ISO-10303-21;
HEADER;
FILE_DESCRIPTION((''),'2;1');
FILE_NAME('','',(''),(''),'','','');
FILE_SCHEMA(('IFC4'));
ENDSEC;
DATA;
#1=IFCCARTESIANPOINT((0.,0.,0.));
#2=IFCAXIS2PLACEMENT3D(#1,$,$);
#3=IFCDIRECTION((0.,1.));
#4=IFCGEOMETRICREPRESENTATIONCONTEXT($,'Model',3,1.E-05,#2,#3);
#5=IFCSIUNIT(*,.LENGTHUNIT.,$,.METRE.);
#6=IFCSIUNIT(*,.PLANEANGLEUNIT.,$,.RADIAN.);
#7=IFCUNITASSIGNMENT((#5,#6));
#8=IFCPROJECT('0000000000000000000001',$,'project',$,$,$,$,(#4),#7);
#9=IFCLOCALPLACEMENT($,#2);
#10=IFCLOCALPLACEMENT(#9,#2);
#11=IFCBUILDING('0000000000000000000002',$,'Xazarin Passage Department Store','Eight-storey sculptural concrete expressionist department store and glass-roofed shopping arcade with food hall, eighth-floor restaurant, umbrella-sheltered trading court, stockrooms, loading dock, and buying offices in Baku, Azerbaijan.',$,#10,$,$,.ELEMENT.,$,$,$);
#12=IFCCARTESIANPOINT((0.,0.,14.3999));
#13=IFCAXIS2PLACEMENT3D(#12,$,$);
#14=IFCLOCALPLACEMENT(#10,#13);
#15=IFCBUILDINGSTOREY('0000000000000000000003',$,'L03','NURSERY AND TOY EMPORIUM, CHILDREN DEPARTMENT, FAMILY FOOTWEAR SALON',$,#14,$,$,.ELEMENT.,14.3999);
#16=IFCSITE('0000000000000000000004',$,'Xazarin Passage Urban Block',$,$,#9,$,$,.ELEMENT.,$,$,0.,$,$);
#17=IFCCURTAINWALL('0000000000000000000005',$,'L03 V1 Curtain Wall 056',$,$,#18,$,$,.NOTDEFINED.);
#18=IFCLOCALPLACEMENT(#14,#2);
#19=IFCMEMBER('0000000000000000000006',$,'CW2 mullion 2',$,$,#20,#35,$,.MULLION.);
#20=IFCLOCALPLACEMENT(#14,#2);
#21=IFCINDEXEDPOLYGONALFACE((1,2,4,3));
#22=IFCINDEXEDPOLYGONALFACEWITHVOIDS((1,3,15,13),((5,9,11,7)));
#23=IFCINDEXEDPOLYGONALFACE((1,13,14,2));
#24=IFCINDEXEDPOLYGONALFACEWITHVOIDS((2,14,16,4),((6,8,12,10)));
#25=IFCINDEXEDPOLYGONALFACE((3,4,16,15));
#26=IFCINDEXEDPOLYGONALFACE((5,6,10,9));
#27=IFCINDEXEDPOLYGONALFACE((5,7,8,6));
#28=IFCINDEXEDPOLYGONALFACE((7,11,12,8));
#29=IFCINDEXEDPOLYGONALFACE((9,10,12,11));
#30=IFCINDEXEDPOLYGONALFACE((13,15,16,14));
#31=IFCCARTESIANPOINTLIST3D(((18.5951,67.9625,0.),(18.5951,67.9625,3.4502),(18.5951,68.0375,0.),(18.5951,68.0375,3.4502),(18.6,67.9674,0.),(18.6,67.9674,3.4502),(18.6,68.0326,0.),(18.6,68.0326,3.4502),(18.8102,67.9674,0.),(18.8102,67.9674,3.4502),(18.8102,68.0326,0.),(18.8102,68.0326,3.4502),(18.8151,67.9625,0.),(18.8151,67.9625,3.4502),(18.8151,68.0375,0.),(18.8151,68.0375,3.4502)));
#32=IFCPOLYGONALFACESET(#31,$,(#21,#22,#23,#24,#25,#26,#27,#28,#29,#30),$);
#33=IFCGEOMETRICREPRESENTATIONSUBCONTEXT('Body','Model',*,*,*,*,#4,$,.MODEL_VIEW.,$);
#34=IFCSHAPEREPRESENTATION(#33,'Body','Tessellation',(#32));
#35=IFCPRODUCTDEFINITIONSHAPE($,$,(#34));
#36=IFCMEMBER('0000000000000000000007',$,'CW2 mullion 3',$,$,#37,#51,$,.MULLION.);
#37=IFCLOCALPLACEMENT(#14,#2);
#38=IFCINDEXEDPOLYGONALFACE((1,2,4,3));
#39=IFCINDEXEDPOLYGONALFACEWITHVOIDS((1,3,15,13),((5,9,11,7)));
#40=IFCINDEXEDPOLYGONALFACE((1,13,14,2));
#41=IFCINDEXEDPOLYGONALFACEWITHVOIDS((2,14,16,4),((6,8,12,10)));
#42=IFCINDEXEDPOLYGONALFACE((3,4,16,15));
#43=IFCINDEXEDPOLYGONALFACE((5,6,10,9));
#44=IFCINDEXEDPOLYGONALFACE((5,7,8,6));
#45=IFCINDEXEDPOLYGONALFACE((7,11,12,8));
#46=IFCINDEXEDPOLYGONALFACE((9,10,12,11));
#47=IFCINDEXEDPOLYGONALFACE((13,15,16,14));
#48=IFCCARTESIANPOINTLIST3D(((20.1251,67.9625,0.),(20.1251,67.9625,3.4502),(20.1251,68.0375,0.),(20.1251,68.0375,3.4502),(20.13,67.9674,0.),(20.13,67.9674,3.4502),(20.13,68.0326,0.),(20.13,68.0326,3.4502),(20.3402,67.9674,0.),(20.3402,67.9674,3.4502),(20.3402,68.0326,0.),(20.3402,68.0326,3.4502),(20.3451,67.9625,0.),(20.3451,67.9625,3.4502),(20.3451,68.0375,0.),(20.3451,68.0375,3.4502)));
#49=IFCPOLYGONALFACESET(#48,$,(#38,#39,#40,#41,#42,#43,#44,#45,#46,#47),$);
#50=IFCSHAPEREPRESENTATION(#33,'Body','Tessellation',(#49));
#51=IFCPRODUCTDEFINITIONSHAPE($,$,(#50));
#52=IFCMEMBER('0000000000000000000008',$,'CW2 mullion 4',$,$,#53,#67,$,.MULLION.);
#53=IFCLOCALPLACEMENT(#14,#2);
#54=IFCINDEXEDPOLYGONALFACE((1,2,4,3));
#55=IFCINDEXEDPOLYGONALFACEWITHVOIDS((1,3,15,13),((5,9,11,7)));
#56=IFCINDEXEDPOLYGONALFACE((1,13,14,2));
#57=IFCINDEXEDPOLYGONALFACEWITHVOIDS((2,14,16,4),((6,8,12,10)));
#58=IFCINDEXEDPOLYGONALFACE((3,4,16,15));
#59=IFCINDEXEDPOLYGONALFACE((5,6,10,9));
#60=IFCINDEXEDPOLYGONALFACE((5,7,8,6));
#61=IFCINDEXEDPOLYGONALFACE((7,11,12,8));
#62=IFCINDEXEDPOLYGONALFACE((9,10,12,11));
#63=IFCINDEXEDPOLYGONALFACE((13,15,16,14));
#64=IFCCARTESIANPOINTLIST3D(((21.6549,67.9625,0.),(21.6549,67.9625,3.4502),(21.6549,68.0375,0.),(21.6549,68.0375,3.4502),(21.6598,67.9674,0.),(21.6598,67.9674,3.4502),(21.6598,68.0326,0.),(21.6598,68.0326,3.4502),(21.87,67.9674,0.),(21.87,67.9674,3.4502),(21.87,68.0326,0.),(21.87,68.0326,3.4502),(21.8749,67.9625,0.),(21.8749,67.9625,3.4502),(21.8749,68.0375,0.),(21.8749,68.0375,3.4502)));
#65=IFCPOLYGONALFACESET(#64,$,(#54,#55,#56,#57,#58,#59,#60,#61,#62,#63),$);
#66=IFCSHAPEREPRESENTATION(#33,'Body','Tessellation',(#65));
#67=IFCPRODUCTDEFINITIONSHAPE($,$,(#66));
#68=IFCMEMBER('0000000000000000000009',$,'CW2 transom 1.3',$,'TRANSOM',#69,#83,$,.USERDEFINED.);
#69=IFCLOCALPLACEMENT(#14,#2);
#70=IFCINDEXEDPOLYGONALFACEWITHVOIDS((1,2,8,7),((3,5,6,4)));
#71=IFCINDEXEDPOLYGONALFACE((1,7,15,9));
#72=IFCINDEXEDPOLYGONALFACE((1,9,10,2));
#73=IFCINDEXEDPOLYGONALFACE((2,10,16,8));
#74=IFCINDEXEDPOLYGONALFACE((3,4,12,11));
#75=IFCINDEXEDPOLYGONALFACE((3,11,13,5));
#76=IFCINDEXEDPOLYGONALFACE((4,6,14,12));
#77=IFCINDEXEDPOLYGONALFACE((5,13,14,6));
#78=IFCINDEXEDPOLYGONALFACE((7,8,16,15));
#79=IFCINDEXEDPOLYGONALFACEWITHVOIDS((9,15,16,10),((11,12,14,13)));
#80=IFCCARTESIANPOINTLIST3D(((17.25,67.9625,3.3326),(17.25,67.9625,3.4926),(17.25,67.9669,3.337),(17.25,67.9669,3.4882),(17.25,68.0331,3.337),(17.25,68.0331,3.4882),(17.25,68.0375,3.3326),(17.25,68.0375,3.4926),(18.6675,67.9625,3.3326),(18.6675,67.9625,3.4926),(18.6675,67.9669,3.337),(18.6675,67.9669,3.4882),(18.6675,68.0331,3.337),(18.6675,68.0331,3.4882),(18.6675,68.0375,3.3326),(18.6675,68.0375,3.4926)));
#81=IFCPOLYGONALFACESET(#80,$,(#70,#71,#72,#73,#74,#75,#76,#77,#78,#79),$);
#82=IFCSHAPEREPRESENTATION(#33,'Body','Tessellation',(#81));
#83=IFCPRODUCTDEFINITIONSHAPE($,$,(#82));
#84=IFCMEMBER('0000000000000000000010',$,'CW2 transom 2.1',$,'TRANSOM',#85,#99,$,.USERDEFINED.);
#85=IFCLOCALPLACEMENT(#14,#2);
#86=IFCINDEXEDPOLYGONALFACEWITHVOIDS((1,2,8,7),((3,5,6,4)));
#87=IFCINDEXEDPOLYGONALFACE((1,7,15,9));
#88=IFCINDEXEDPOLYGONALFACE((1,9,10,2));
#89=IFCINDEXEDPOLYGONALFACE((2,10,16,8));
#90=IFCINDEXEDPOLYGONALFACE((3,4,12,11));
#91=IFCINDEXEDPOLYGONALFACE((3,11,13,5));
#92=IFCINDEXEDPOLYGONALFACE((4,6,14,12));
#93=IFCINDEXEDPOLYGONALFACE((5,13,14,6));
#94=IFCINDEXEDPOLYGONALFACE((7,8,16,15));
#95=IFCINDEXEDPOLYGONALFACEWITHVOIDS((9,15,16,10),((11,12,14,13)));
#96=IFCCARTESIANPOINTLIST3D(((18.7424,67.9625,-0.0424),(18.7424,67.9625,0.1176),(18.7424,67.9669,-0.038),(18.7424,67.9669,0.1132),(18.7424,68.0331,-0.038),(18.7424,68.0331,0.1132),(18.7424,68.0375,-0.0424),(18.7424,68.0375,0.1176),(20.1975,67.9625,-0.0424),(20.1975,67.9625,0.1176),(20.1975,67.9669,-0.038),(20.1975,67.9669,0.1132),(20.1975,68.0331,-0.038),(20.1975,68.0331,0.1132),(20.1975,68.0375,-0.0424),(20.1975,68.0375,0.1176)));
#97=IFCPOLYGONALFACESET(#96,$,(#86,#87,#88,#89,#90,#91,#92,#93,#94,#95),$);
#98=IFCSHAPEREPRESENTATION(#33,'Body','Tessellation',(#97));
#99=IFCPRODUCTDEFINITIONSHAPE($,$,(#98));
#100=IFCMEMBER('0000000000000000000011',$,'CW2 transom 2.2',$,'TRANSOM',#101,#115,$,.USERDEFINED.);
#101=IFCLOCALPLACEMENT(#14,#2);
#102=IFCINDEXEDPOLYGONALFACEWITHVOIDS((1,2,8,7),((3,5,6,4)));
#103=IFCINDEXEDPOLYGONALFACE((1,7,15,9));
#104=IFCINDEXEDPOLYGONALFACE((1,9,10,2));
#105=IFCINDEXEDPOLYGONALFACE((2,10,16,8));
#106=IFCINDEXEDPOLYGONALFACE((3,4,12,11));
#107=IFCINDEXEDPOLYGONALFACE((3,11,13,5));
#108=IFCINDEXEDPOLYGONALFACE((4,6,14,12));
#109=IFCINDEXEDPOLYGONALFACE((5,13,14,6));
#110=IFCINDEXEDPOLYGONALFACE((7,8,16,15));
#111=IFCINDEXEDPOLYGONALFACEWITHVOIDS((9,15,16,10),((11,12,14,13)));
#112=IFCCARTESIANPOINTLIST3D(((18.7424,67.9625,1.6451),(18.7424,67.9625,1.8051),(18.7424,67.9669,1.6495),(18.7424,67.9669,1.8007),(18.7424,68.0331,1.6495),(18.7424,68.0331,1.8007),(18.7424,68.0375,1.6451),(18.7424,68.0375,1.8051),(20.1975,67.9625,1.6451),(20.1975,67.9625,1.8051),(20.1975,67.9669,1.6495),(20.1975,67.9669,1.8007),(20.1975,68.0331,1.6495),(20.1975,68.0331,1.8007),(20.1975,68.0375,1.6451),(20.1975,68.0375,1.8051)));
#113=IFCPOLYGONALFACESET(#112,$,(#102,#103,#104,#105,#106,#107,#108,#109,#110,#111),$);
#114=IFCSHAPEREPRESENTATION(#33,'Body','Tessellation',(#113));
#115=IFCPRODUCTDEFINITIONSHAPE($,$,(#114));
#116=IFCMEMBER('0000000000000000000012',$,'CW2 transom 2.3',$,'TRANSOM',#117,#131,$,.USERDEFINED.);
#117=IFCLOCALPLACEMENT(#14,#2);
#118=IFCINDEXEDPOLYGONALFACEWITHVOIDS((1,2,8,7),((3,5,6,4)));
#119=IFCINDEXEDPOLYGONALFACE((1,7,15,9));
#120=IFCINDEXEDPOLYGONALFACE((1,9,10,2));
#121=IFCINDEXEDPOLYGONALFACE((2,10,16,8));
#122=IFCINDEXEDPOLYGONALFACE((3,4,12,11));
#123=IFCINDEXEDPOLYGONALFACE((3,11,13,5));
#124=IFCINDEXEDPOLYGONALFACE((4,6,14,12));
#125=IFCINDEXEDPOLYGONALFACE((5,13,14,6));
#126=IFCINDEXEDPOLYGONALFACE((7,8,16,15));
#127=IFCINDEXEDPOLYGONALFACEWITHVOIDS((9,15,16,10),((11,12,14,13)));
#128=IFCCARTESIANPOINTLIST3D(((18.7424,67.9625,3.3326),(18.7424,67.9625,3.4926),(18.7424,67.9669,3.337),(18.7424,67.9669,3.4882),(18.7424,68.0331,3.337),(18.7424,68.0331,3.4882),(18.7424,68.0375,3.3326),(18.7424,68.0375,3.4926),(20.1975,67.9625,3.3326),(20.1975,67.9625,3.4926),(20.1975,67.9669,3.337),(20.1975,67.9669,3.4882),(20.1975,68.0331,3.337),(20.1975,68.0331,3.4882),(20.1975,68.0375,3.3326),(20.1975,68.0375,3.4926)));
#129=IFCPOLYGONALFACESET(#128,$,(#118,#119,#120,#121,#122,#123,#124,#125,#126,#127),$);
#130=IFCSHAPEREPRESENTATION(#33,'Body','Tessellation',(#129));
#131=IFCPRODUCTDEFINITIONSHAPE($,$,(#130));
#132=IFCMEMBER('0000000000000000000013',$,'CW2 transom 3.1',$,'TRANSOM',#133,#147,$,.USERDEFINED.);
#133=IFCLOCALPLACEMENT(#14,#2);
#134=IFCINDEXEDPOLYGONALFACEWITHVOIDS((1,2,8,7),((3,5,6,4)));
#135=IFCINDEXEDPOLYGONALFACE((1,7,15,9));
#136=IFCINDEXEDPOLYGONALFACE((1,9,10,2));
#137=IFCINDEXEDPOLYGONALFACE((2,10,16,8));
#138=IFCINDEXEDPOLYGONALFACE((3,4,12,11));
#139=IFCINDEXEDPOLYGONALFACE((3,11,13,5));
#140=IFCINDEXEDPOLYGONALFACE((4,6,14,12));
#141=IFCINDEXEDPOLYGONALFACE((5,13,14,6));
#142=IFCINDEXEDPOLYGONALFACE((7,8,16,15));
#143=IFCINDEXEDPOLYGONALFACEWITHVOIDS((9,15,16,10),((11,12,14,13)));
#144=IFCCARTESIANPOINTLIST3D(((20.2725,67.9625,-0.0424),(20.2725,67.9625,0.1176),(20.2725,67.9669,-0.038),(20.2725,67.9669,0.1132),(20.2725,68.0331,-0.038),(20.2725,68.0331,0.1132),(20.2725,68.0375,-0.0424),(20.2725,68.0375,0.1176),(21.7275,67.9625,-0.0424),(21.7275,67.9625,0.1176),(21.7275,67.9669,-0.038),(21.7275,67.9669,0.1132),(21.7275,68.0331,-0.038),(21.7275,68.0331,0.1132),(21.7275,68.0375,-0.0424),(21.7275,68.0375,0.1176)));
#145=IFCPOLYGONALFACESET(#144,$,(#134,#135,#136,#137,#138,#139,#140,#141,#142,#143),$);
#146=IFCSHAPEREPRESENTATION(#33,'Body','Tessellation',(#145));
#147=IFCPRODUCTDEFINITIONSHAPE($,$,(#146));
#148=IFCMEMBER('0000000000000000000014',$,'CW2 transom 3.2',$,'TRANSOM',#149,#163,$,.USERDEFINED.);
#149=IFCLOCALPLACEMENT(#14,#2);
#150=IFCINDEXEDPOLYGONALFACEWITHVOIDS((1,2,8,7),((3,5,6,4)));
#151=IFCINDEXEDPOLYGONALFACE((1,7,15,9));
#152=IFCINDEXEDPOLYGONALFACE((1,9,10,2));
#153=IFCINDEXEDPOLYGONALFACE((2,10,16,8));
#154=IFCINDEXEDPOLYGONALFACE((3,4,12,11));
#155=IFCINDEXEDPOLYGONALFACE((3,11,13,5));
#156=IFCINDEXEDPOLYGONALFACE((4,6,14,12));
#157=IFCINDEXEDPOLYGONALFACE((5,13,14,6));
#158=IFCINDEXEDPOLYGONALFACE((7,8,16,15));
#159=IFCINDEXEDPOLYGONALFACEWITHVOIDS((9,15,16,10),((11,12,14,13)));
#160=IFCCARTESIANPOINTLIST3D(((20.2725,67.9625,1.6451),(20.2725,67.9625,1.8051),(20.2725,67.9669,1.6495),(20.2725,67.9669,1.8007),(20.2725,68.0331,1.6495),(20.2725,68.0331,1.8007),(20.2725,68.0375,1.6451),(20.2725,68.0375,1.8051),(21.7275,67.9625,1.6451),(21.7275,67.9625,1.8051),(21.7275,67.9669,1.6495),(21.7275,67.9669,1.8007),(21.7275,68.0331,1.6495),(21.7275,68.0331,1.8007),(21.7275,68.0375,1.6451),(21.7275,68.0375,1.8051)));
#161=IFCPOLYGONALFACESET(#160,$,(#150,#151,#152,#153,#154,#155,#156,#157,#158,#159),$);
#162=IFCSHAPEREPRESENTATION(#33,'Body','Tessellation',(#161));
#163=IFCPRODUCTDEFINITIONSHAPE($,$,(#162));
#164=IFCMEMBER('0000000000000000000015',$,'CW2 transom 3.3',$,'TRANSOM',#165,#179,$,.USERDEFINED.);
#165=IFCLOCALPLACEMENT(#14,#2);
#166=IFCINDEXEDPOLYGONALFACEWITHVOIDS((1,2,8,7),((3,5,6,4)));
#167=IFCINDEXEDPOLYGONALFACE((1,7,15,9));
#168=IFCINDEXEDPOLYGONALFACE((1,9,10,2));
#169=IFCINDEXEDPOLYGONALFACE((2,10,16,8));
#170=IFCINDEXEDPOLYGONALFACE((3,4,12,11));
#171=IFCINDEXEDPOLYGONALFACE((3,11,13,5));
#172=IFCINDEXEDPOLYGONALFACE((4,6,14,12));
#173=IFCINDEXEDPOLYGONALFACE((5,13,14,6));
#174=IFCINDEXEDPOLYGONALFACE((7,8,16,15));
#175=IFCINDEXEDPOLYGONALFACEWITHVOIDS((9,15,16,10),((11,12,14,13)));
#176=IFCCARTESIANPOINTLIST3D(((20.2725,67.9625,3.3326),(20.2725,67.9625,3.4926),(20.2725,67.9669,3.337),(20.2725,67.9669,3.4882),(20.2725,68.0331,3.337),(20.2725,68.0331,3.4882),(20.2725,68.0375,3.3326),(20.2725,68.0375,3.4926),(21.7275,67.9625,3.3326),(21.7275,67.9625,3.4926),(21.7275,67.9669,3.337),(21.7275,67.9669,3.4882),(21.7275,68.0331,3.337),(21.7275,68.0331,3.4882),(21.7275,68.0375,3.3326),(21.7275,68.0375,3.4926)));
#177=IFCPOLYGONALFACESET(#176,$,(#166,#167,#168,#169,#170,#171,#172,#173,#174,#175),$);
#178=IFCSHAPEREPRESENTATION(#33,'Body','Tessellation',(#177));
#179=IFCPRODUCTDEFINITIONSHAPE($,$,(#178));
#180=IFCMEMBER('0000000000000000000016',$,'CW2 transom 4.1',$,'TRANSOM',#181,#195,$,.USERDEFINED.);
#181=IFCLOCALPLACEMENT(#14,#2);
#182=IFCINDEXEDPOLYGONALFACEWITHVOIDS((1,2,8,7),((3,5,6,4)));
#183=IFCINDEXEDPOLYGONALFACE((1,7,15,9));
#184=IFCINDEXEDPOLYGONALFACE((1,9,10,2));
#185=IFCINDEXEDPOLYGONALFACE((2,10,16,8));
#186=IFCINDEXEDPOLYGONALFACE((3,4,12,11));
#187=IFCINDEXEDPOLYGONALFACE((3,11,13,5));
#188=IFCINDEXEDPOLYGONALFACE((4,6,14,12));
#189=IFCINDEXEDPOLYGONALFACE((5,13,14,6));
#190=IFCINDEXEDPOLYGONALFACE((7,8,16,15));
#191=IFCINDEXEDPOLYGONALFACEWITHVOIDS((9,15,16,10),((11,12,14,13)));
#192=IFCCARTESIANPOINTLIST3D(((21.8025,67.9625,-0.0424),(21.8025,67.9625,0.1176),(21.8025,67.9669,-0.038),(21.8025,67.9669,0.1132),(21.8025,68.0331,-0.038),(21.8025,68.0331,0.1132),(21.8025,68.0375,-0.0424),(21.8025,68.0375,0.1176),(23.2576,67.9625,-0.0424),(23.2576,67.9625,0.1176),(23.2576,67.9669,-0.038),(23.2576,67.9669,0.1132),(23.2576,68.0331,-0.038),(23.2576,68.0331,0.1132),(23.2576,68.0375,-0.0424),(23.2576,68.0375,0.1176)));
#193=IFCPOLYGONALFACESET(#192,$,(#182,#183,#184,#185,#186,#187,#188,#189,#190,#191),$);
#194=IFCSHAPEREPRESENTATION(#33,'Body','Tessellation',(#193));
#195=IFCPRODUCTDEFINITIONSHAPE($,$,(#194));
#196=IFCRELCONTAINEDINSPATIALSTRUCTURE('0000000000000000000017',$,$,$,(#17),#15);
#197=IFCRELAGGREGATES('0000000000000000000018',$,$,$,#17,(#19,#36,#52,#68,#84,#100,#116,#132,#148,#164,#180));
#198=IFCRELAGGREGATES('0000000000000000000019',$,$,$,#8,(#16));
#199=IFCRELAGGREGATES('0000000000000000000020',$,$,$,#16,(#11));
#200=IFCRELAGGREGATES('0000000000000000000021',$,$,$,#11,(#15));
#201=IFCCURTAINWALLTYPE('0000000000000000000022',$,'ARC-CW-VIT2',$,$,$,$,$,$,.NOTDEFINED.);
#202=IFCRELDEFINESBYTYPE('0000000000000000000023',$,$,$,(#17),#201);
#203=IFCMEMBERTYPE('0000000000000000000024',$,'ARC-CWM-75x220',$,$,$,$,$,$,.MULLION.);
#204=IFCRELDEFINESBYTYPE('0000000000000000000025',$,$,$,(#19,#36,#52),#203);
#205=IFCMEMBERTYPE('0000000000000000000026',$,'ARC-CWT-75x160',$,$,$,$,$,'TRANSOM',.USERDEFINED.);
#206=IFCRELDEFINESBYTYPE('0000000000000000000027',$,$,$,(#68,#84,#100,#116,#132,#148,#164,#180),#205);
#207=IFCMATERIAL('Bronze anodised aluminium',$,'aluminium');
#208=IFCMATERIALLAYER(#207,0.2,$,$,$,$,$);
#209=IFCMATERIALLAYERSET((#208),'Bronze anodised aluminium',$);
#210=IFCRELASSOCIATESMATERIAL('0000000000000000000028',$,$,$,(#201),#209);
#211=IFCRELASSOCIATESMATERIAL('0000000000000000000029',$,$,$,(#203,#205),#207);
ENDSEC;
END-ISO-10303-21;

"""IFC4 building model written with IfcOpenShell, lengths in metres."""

from ifc_helpers import new_model, si_unit, direction, frame, origin, origin_2d, place, context, subcontext, project, spatial, hollow_rectangle, extrude, material, layer, layer_set, material_profile, profile_set, type_object, element, aggregate, save


model = new_model("IFC4")

# Units and contexts
model_context = context("Model", 3, precision=1e-05, world=origin(), true_north=direction((0.0, 1.0)))
body_context = subcontext(model_context, "Body", "Model", "MODEL_VIEW")
ifc_project = project(units=[si_unit("LENGTHUNIT", "METRE"), si_unit("PLANEANGLEUNIT", "RADIAN")], contexts=[model_context])

# Site, building, storey
site_placement = place(None, origin())
site = spatial("IfcSite", under=ifc_project, at=site_placement, Name="Xazarin Passage Urban Block", CompositionType="ELEMENT", RefElevation=0.0)
building_placement = place(site_placement, origin())
building = spatial("IfcBuilding", under=site, at=building_placement, Name="Xazarin Passage Department Store", Description="Eight-storey sculptural concrete expressionist department store and glass-roofed shopping arcade with food hall, eighth-floor restaurant, umbrella-sheltered trading court, stockrooms, loading dock, and buying offices in Baku, Azerbaijan.", CompositionType="ELEMENT")
storey_placement = place(building_placement, frame((0.0, 0.0, 14.3999)))
storey = spatial("IfcBuildingStorey", under=building, at=storey_placement, Name="L03", Description="NURSERY AND TOY EMPORIUM, CHILDREN DEPARTMENT, FAMILY FOOTWEAR SALON", CompositionType="ELEMENT", Elevation=14.3999)

# Curtain wall, members
ifc_material_1 = material(Name="Bronze anodised aluminium", Category="aluminium")
ifc_layer_1 = layer(ifc_material_1, 0.2)
ifc_layer_set_1 = layer_set([ifc_layer_1], Name="Bronze anodised aluminium")
curtain_wall_type = type_object("IfcCurtainWallType", Name="ARC-CW-VIT2", PredefinedType="NOTDEFINED", material=ifc_layer_set_1)
curtain_wall_placement = place(storey_placement, origin())
curtain_wall = element("IfcCurtainWall", 1, at=curtain_wall_placement, inside=storey, type_object=curtain_wall_type, Name="L03 V1 Curtain Wall 056", PredefinedType="NOTDEFINED")
ifc_material_profile_1 = material_profile(ifc_material_1, hollow_rectangle(XDim=0.075, YDim=0.22, WallThickness=0.0049, at=origin_2d()), Name="ALU 75x220")
ifc_profile_set_1 = profile_set([ifc_material_profile_1], Name="Bronze anodised aluminium")
member_type_1 = type_object("IfcMemberType", Name="ARC-CWM-75x220", PredefinedType="MULLION", material=ifc_profile_set_1)
member_1_placement = place(storey_placement, frame((18.7051, 68.0, 0.0), z_axis=(0.0, 0.0, 1.0), x_axis=(0.0, 1.0, 0.0)))
member_1 = element("IfcMember", 2, at=member_1_placement, type_object=member_type_1, Name="CW2 mullion 2", PredefinedType="MULLION", context=body_context, shape_type="SweptSolid", body=[
    extrude(hollow_rectangle(XDim=0.075, YDim=0.22, WallThickness=0.0049, at=origin_2d()), origin(), (0.0, 0.0, 1.0), 3.4502),
])
member_2_placement = place(storey_placement, frame((20.2351, 68.0, 0.0), z_axis=(0.0, 0.0, 1.0), x_axis=(0.0, 1.0, 0.0)))
member_2 = element("IfcMember", 3, at=member_2_placement, type_object=member_type_1, Name="CW2 mullion 3", PredefinedType="MULLION", context=body_context, shape_type="SweptSolid", body=[
    extrude(hollow_rectangle(XDim=0.075, YDim=0.22, WallThickness=0.0049, at=origin_2d()), origin(), (0.0, 0.0, 1.0), 3.4502),
])
member_3_placement = place(storey_placement, frame((21.7649, 68.0, 0.0), z_axis=(0.0, 0.0, 1.0), x_axis=(0.0, 1.0, 0.0)))
member_3 = element("IfcMember", 4, at=member_3_placement, type_object=member_type_1, Name="CW2 mullion 4", PredefinedType="MULLION", context=body_context, shape_type="SweptSolid", body=[
    extrude(hollow_rectangle(XDim=0.075, YDim=0.22, WallThickness=0.0049, at=origin_2d()), origin(), (0.0, 0.0, 1.0), 3.4502),
])
ifc_material_profile_2 = material_profile(ifc_material_1, hollow_rectangle(XDim=0.075, YDim=0.1599, WallThickness=0.0044, at=origin_2d()), Name="ALU 75x160")
ifc_profile_set_2 = profile_set([ifc_material_profile_2], Name="Bronze anodised aluminium")
member_type_2 = type_object("IfcMemberType", Name="ARC-CWT-75x160", ElementType="TRANSOM", PredefinedType="USERDEFINED", material=ifc_profile_set_2)
member_4_placement = place(storey_placement, frame((17.25, 68.0, 3.4126), z_axis=(1.0, 0.0, 0.0), x_axis=(0.0, 1.0, 0.0)))
member_4 = element("IfcMember", 5, at=member_4_placement, type_object=member_type_2, Name="CW2 transom 1.3", ObjectType="TRANSOM", PredefinedType="USERDEFINED", context=body_context, shape_type="SweptSolid", body=[
    extrude(hollow_rectangle(XDim=0.075, YDim=0.1599, WallThickness=0.0044, at=origin_2d()), origin(), (0.0, 0.0, 1.0), 1.4175),
])
member_5_placement = place(storey_placement, frame((18.7424, 68.0, 0.0376), z_axis=(1.0, 0.0, 0.0), x_axis=(0.0, 1.0, 0.0)))
member_5 = element("IfcMember", 6, at=member_5_placement, type_object=member_type_2, Name="CW2 transom 2.1", ObjectType="TRANSOM", PredefinedType="USERDEFINED", context=body_context, shape_type="SweptSolid", body=[
    extrude(hollow_rectangle(XDim=0.075, YDim=0.1599, WallThickness=0.0044, at=origin_2d()), origin(), (0.0, 0.0, 1.0), 1.4551),
])
member_6_placement = place(storey_placement, frame((18.7424, 68.0, 1.7251), z_axis=(1.0, 0.0, 0.0), x_axis=(0.0, 1.0, 0.0)))
member_6 = element("IfcMember", 7, at=member_6_placement, type_object=member_type_2, Name="CW2 transom 2.2", ObjectType="TRANSOM", PredefinedType="USERDEFINED", context=body_context, shape_type="SweptSolid", body=[
    extrude(hollow_rectangle(XDim=0.075, YDim=0.1599, WallThickness=0.0044, at=origin_2d()), origin(), (0.0, 0.0, 1.0), 1.4551),
])
member_7_placement = place(storey_placement, frame((18.7424, 68.0, 3.4126), z_axis=(1.0, 0.0, 0.0), x_axis=(0.0, 1.0, 0.0)))
member_7 = element("IfcMember", 8, at=member_7_placement, type_object=member_type_2, Name="CW2 transom 2.3", ObjectType="TRANSOM", PredefinedType="USERDEFINED", context=body_context, shape_type="SweptSolid", body=[
    extrude(hollow_rectangle(XDim=0.075, YDim=0.1599, WallThickness=0.0044, at=origin_2d()), origin(), (0.0, 0.0, 1.0), 1.4551),
])
member_8_placement = place(storey_placement, frame((20.2725, 68.0, 0.0376), z_axis=(1.0, 0.0, 0.0), x_axis=(0.0, 1.0, 0.0)))
member_8 = element("IfcMember", 9, at=member_8_placement, type_object=member_type_2, Name="CW2 transom 3.1", ObjectType="TRANSOM", PredefinedType="USERDEFINED", context=body_context, shape_type="SweptSolid", body=[
    extrude(hollow_rectangle(XDim=0.075, YDim=0.1599, WallThickness=0.0044, at=origin_2d()), origin(), (0.0, 0.0, 1.0), 1.4551),
])
member_9_placement = place(storey_placement, frame((20.2725, 68.0, 1.7251), z_axis=(1.0, 0.0, 0.0), x_axis=(0.0, 1.0, 0.0)))
member_9 = element("IfcMember", 10, at=member_9_placement, type_object=member_type_2, Name="CW2 transom 3.2", ObjectType="TRANSOM", PredefinedType="USERDEFINED", context=body_context, shape_type="SweptSolid", body=[
    extrude(hollow_rectangle(XDim=0.075, YDim=0.1599, WallThickness=0.0044, at=origin_2d()), origin(), (0.0, 0.0, 1.0), 1.4551),
])
member_10_placement = place(storey_placement, frame((20.2725, 68.0, 3.4126), z_axis=(1.0, 0.0, 0.0), x_axis=(0.0, 1.0, 0.0)))
member_10 = element("IfcMember", 11, at=member_10_placement, type_object=member_type_2, Name="CW2 transom 3.3", ObjectType="TRANSOM", PredefinedType="USERDEFINED", context=body_context, shape_type="SweptSolid", body=[
    extrude(hollow_rectangle(XDim=0.075, YDim=0.1599, WallThickness=0.0044, at=origin_2d()), origin(), (0.0, 0.0, 1.0), 1.4551),
])
member_11_placement = place(storey_placement, frame((21.8025, 68.0, 0.0376), z_axis=(1.0, 0.0, 0.0), x_axis=(0.0, 1.0, 0.0)))
member_11 = element("IfcMember", 12, at=member_11_placement, type_object=member_type_2, Name="CW2 transom 4.1", ObjectType="TRANSOM", PredefinedType="USERDEFINED", context=body_context, shape_type="SweptSolid", body=[
    extrude(hollow_rectangle(XDim=0.075, YDim=0.1599, WallThickness=0.0044, at=origin_2d()), origin(), (0.0, 0.0, 1.0), 1.4551),
])

aggregate(curtain_wall, [member_1, member_2, member_3, member_4, member_5, member_6, member_7, member_8, member_9, member_10, member_11])

save(model, "model.ifc")
